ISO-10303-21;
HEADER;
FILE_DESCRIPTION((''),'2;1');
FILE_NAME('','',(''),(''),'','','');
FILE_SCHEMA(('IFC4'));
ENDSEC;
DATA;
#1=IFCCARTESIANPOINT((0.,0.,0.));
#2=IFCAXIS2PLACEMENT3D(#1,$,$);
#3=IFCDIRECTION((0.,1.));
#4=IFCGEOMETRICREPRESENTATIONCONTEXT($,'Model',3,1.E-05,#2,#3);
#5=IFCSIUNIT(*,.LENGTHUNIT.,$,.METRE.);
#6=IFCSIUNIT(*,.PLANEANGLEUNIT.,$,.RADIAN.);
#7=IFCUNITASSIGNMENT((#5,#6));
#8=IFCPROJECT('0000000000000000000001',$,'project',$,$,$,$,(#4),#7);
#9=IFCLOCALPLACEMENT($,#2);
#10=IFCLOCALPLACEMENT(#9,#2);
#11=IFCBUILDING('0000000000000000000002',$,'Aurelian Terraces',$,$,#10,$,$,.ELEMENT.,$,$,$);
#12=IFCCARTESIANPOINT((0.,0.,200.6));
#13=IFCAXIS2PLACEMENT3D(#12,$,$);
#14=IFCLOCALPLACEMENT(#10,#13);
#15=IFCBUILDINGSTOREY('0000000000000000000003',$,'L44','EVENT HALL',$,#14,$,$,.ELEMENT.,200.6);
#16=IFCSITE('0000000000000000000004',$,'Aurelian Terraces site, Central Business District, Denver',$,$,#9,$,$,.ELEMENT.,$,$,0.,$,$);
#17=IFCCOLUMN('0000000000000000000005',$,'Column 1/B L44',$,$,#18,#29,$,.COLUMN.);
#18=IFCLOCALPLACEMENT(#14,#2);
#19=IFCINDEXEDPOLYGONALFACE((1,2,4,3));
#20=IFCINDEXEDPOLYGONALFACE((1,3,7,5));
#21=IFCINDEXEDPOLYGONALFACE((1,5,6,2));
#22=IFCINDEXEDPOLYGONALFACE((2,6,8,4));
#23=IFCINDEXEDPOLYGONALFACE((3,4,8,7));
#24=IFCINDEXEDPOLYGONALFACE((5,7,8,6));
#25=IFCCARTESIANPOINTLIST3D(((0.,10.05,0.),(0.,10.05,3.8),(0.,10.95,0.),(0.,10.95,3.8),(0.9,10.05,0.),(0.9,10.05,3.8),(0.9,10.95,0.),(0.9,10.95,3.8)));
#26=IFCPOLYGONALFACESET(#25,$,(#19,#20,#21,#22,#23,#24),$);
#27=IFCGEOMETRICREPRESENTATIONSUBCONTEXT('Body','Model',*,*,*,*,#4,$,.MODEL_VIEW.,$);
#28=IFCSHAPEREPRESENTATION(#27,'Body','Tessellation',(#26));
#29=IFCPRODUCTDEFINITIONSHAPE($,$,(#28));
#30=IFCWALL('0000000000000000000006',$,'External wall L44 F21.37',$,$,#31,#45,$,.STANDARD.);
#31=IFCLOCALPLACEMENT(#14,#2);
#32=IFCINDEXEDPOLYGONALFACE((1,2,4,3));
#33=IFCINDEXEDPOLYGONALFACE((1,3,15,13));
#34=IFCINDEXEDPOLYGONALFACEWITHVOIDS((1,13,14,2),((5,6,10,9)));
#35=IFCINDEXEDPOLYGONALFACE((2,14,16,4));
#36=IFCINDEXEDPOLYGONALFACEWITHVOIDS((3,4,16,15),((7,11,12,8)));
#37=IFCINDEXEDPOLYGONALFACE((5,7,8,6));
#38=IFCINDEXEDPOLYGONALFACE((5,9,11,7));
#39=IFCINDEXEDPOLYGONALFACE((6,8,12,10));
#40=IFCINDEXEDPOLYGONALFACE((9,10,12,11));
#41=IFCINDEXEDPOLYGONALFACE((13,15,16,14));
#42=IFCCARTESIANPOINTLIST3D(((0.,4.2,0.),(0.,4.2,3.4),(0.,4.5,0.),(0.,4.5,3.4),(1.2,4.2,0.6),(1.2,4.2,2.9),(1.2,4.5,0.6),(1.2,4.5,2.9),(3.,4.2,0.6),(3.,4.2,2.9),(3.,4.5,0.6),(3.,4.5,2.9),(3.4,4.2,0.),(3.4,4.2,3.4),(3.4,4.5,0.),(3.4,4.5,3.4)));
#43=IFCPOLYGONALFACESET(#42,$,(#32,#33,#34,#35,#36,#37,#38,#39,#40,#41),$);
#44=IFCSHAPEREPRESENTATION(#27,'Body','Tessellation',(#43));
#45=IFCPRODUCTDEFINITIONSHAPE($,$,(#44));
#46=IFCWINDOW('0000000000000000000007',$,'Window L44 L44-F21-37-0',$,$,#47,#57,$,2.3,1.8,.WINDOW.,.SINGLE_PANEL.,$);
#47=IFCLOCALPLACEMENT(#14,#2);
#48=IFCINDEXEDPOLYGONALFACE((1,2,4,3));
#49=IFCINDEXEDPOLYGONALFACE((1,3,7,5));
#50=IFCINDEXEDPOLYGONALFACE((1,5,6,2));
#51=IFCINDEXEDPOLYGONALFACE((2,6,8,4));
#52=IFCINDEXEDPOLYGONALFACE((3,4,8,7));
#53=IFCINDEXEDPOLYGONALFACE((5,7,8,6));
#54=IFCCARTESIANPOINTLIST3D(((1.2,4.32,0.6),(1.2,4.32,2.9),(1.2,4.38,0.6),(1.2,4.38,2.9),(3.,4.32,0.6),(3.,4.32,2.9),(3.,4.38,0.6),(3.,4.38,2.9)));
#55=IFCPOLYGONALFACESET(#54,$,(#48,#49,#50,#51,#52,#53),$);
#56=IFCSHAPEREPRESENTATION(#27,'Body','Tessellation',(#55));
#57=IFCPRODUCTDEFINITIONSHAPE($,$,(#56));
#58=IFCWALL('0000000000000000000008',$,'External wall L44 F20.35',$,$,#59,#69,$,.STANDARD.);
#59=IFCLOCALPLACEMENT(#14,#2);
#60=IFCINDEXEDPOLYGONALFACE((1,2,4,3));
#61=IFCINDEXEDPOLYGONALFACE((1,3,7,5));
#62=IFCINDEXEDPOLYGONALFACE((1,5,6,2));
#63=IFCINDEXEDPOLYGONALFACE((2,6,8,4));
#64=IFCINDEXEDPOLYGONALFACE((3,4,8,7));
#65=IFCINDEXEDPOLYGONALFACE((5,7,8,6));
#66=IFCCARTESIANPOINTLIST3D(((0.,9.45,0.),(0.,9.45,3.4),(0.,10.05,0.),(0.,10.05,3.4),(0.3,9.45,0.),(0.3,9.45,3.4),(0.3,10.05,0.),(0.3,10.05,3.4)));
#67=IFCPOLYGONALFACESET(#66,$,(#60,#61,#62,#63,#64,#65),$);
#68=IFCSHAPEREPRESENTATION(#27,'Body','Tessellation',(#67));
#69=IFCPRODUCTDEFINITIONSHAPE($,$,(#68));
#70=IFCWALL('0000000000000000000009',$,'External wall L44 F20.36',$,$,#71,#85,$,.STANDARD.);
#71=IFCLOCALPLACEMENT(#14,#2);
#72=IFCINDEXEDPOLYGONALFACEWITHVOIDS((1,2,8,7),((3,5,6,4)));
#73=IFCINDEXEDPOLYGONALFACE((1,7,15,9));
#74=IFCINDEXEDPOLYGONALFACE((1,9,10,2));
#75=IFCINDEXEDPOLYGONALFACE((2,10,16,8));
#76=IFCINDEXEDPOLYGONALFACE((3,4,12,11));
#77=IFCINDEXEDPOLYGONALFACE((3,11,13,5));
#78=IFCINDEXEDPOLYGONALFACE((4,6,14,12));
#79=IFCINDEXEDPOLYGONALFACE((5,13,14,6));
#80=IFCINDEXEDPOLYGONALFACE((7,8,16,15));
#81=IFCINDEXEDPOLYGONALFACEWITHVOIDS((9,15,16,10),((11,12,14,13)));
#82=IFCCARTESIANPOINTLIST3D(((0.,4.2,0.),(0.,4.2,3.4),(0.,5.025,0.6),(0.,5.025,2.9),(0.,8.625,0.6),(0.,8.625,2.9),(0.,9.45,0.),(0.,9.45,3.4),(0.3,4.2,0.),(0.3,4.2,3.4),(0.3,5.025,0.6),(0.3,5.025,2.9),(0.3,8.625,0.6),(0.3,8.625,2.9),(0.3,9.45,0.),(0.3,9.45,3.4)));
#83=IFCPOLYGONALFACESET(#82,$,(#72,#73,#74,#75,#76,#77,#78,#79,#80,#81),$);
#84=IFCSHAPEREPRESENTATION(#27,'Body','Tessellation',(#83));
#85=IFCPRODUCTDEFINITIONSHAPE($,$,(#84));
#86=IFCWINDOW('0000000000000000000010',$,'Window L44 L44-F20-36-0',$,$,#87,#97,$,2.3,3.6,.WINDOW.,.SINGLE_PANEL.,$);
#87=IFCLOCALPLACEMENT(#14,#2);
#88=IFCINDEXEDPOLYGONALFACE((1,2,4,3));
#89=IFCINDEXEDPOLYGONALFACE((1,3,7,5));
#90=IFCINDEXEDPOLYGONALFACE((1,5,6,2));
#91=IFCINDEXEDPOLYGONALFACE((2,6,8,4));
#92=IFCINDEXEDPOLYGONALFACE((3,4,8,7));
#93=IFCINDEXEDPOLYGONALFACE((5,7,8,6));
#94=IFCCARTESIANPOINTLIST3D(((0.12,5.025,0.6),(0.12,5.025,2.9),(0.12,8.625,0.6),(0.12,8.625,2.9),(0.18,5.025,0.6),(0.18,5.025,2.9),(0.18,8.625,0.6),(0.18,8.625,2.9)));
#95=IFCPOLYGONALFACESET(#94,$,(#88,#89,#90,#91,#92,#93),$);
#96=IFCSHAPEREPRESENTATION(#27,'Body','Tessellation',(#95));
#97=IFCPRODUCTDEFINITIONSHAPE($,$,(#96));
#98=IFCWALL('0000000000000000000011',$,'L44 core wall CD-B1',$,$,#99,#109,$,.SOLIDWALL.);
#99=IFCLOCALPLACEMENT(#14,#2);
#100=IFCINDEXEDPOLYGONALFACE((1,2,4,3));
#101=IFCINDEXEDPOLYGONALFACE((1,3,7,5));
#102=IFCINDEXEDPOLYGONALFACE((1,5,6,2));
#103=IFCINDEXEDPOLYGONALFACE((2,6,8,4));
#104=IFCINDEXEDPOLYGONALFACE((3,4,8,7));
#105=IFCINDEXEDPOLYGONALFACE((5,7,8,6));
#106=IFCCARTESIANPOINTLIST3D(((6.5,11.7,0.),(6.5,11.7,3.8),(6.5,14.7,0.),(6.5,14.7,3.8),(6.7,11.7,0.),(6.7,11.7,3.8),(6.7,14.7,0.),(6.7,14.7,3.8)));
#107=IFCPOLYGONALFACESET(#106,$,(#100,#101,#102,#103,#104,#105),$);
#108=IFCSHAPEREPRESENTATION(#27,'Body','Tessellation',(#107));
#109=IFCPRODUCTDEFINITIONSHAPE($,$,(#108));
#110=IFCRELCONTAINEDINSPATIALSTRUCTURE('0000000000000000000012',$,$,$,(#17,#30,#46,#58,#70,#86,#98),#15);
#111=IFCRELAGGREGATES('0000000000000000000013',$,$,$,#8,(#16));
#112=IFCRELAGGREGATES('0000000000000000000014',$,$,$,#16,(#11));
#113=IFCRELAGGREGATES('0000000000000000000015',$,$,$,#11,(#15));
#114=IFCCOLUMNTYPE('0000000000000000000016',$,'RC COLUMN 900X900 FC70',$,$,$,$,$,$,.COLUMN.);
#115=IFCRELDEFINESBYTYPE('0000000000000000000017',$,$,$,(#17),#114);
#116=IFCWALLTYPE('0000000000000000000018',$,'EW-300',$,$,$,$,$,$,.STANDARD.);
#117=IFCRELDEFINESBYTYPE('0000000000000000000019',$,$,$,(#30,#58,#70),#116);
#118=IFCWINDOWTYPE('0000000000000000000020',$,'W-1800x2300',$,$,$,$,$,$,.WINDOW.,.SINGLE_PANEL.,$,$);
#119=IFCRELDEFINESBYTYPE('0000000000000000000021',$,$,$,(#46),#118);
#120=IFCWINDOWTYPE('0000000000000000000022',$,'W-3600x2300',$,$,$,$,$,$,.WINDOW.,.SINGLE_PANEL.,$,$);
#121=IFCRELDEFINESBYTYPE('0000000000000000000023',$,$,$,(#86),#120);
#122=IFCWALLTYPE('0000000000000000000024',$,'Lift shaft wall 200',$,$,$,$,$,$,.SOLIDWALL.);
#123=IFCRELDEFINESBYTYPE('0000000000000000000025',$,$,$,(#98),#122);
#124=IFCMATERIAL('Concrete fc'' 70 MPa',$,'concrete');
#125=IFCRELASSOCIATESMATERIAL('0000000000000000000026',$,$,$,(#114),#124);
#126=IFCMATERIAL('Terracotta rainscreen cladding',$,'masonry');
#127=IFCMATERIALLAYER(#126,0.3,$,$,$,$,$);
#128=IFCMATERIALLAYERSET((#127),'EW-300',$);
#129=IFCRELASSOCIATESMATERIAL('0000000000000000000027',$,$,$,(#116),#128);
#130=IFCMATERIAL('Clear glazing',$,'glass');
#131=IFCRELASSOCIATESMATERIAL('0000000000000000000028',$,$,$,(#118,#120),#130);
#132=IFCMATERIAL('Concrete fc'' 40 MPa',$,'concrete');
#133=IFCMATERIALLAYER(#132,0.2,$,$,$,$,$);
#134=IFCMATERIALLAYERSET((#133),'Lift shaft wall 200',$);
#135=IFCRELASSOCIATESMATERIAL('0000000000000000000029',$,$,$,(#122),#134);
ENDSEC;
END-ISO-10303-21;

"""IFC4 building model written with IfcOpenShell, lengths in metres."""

from ifc_helpers import new_model, si_unit, direction, frame, frame_2d, origin, origin_2d, place, context, subcontext, project, spatial, rectangle, extrude, source, transform, mapped, material, layer, layer_set, material_profile, profile_set, type_object, element, fill, save


model = new_model("IFC4")

# Units and contexts
model_context = context("Model", 3, precision=1e-05, world=origin(), true_north=direction((0.0, 1.0)))
body_context = subcontext(model_context, "Body", "Model", "MODEL_VIEW")
ifc_project = project(units=[si_unit("LENGTHUNIT", "METRE"), si_unit("PLANEANGLEUNIT", "RADIAN")], contexts=[model_context])

# Site, building, storey
site_placement = place(None, origin())
site = spatial("IfcSite", under=ifc_project, at=site_placement, Name="Aurelian Terraces site, Central Business District, Denver", CompositionType="ELEMENT", RefElevation=0.0)
building_placement = place(site_placement, origin())
building = spatial("IfcBuilding", under=site, at=building_placement, Name="Aurelian Terraces", CompositionType="ELEMENT")
storey_placement = place(building_placement, frame((0.0, 0.0, 200.6)))
storey = spatial("IfcBuildingStorey", under=building, at=storey_placement, Name="L44", Description="EVENT HALL", CompositionType="ELEMENT", Elevation=200.6)

# Column
ifc_material_1 = material(Name="Concrete fc' 70 MPa", Category="concrete")
ifc_material_profile = material_profile(ifc_material_1, rectangle(XDim=0.9, YDim=0.9, at=origin_2d()))
ifc_profile_set = profile_set([ifc_material_profile], Name="Concrete fc' 70 MPa")
column_type = type_object("IfcColumnType", Name="RC COLUMN 900X900 FC70", PredefinedType="COLUMN", material=ifc_profile_set)
shared_shape_1 = source(origin(), body_context, "Body", "SweptSolid", [
    extrude(rectangle(XDim=0.9, YDim=0.9, at=origin_2d()), origin(), (0.0, 0.0, 1.0), 3.8),
])
column_placement = place(storey_placement, frame((0.45, 10.5, 0.0), z_axis=(0.0, 0.0, 1.0), x_axis=(1.0, 0.0, 0.0)))
element("IfcColumn", 1, at=column_placement, inside=storey, type_object=column_type, Name="Column 1/B L44", PredefinedType="COLUMN", context=body_context, shape_type="MappedRepresentation", body=[
    mapped(shared_shape_1, transform((0.0, 0.0, 0.0), scale=1.0)),
])

# Wall, opening, window
ifc_material_2 = material(Name="Terracotta rainscreen cladding", Category="masonry")
ifc_layer_1 = layer(ifc_material_2, 0.3)
ifc_layer_set_1 = layer_set([ifc_layer_1], Name="EW-300")
wall_type_1 = type_object("IfcWallType", Name="EW-300", PredefinedType="STANDARD", material=ifc_layer_set_1)
shared_shape_2 = source(origin(), body_context, "Body", "SweptSolid", [
    extrude(rectangle(XDim=3.4, YDim=0.3, at=frame_2d((1.7, 0.0))), origin(), (0.0, 0.0, 1.0), 3.4),
])
wall_1_placement = place(storey_placement, frame((0.0, 4.35, 0.0), z_axis=(0.0, 0.0, 1.0), x_axis=(1.0, 0.0, 0.0)))
wall_1 = element("IfcWall", 2, at=wall_1_placement, inside=storey, type_object=wall_type_1, Name="External wall L44 F21.37", PredefinedType="STANDARD", context=body_context, shape_type="MappedRepresentation", body=[
    mapped(shared_shape_2, transform((0.0, 0.0, 0.0), scale=1.0)),
])
shared_shape_3 = source(origin(), body_context, "Body", "SweptSolid", [
    extrude(rectangle(XDim=1.8, YDim=2.3, at=frame_2d((0.9, 1.15))), frame((0.0, 0.16, 0.0), z_axis=(0.0, -1.0, 0.0), x_axis=(1.0, 0.0, 0.0)), (0.0, 0.0, 1.0), 0.32),
])
opening_1_placement = place(wall_1_placement, frame((1.2, 0.0, 0.6)))
opening_1 = element("IfcOpeningElement", 3, at=opening_1_placement, cuts=wall_1, PredefinedType="OPENING", context=body_context, shape_type="MappedRepresentation", body=[
    mapped(shared_shape_3, transform((0.0, 0.0, 0.0), scale=1.0)),
])
ifc_material_3 = material(Name="Clear glazing", Category="glass")
window_type_1 = type_object("IfcWindowType", Name="W-1800x2300", PartitioningType="SINGLE_PANEL", PredefinedType="WINDOW", material=ifc_material_3)
shared_shape_4 = source(origin(), body_context, "Body", "SweptSolid", [
    extrude(rectangle(XDim=1.8, YDim=2.3, at=frame_2d((0.9, 1.15))), frame((0.0, 0.03, 0.0), z_axis=(0.0, -1.0, 0.0), x_axis=(1.0, 0.0, 0.0)), (0.0, 0.0, 1.0), 0.06),
])
window_1_placement = place(opening_1_placement, origin())
window_1 = element("IfcWindow", 4, at=window_1_placement, inside=storey, type_object=window_type_1, Name="Window L44 L44-F21-37-0", OverallHeight=2.3, OverallWidth=1.8, PartitioningType="SINGLE_PANEL", PredefinedType="WINDOW", context=body_context, shape_type="MappedRepresentation", body=[
    mapped(shared_shape_4, transform((0.0, 0.0, 0.0), scale=1.0)),
])
fill(opening_1, window_1)

# Wall
shared_shape_5 = source(origin(), body_context, "Body", "SweptSolid", [
    extrude(rectangle(XDim=0.6, YDim=0.3, at=frame_2d((0.3, 0.0))), origin(), (0.0, 0.0, 1.0), 3.4),
])
wall_2_placement = place(storey_placement, frame((0.15, 10.05, 0.0), z_axis=(0.0, 0.0, 1.0), x_axis=(0.0, -1.0, 0.0)))
element("IfcWall", 5, at=wall_2_placement, inside=storey, type_object=wall_type_1, Name="External wall L44 F20.35", PredefinedType="STANDARD", context=body_context, shape_type="MappedRepresentation", body=[
    mapped(shared_shape_5, transform((0.0, 0.0, 0.0), scale=1.0)),
])

# Wall, opening, window
shared_shape_6 = source(origin(), body_context, "Body", "SweptSolid", [
    extrude(rectangle(XDim=5.25, YDim=0.3, at=frame_2d((2.625, 0.0))), origin(), (0.0, 0.0, 1.0), 3.4),
])
wall_3_placement = place(storey_placement, frame((0.15, 9.45, 0.0), z_axis=(0.0, 0.0, 1.0), x_axis=(0.0, -1.0, 0.0)))
wall_3 = element("IfcWall", 6, at=wall_3_placement, inside=storey, type_object=wall_type_1, Name="External wall L44 F20.36", PredefinedType="STANDARD", context=body_context, shape_type="MappedRepresentation", body=[
    mapped(shared_shape_6, transform((0.0, 0.0, 0.0), scale=1.0)),
])
shared_shape_7 = source(origin(), body_context, "Body", "SweptSolid", [
    extrude(rectangle(XDim=3.6, YDim=2.3, at=frame_2d((1.8, 1.15))), frame((0.0, 0.16, 0.0), z_axis=(0.0, -1.0, 0.0), x_axis=(1.0, 0.0, 0.0)), (0.0, 0.0, 1.0), 0.32),
])
opening_2_placement = place(wall_3_placement, frame((0.825, 0.0, 0.6)))
opening_2 = element("IfcOpeningElement", 7, at=opening_2_placement, cuts=wall_3, PredefinedType="OPENING", context=body_context, shape_type="MappedRepresentation", body=[
    mapped(shared_shape_7, transform((0.0, 0.0, 0.0), scale=1.0)),
])
window_type_2 = type_object("IfcWindowType", Name="W-3600x2300", PartitioningType="SINGLE_PANEL", PredefinedType="WINDOW", material=ifc_material_3)
shared_shape_8 = source(origin(), body_context, "Body", "SweptSolid", [
    extrude(rectangle(XDim=3.6, YDim=2.3, at=frame_2d((1.8, 1.15))), frame((0.0, 0.03, 0.0), z_axis=(0.0, -1.0, 0.0), x_axis=(1.0, 0.0, 0.0)), (0.0, 0.0, 1.0), 0.06),
])
window_2_placement = place(opening_2_placement, origin())
window_2 = element("IfcWindow", 8, at=window_2_placement, inside=storey, type_object=window_type_2, Name="Window L44 L44-F20-36-0", OverallHeight=2.3, OverallWidth=3.6, PartitioningType="SINGLE_PANEL", PredefinedType="WINDOW", context=body_context, shape_type="MappedRepresentation", body=[
    mapped(shared_shape_8, transform((0.0, 0.0, 0.0), scale=1.0)),
])
fill(opening_2, window_2)

# Wall
ifc_material_4 = material(Name="Concrete fc' 40 MPa", Category="concrete")
ifc_layer_2 = layer(ifc_material_4, 0.2)
ifc_layer_set_2 = layer_set([ifc_layer_2], Name="Lift shaft wall 200")
wall_type_2 = type_object("IfcWallType", Name="Lift shaft wall 200", PredefinedType="SOLIDWALL", material=ifc_layer_set_2)
shared_shape_9 = source(origin(), body_context, "Body", "SweptSolid", [
    extrude(rectangle(XDim=3.0, YDim=0.2, at=frame_2d((1.5, 0.0))), origin(), (0.0, 0.0, 1.0), 3.8),
])
wall_4_placement = place(storey_placement, frame((6.6, 11.7, 0.0), z_axis=(0.0, 0.0, 1.0), x_axis=(0.0, 1.0, 0.0)))
element("IfcWall", 9, at=wall_4_placement, inside=storey, type_object=wall_type_2, Name="L44 core wall CD-B1", PredefinedType="SOLIDWALL", context=body_context, shape_type="MappedRepresentation", body=[
    mapped(shared_shape_9, transform((0.0, 0.0, 0.0), scale=1.0)),
])

save(model, "model.ifc")
